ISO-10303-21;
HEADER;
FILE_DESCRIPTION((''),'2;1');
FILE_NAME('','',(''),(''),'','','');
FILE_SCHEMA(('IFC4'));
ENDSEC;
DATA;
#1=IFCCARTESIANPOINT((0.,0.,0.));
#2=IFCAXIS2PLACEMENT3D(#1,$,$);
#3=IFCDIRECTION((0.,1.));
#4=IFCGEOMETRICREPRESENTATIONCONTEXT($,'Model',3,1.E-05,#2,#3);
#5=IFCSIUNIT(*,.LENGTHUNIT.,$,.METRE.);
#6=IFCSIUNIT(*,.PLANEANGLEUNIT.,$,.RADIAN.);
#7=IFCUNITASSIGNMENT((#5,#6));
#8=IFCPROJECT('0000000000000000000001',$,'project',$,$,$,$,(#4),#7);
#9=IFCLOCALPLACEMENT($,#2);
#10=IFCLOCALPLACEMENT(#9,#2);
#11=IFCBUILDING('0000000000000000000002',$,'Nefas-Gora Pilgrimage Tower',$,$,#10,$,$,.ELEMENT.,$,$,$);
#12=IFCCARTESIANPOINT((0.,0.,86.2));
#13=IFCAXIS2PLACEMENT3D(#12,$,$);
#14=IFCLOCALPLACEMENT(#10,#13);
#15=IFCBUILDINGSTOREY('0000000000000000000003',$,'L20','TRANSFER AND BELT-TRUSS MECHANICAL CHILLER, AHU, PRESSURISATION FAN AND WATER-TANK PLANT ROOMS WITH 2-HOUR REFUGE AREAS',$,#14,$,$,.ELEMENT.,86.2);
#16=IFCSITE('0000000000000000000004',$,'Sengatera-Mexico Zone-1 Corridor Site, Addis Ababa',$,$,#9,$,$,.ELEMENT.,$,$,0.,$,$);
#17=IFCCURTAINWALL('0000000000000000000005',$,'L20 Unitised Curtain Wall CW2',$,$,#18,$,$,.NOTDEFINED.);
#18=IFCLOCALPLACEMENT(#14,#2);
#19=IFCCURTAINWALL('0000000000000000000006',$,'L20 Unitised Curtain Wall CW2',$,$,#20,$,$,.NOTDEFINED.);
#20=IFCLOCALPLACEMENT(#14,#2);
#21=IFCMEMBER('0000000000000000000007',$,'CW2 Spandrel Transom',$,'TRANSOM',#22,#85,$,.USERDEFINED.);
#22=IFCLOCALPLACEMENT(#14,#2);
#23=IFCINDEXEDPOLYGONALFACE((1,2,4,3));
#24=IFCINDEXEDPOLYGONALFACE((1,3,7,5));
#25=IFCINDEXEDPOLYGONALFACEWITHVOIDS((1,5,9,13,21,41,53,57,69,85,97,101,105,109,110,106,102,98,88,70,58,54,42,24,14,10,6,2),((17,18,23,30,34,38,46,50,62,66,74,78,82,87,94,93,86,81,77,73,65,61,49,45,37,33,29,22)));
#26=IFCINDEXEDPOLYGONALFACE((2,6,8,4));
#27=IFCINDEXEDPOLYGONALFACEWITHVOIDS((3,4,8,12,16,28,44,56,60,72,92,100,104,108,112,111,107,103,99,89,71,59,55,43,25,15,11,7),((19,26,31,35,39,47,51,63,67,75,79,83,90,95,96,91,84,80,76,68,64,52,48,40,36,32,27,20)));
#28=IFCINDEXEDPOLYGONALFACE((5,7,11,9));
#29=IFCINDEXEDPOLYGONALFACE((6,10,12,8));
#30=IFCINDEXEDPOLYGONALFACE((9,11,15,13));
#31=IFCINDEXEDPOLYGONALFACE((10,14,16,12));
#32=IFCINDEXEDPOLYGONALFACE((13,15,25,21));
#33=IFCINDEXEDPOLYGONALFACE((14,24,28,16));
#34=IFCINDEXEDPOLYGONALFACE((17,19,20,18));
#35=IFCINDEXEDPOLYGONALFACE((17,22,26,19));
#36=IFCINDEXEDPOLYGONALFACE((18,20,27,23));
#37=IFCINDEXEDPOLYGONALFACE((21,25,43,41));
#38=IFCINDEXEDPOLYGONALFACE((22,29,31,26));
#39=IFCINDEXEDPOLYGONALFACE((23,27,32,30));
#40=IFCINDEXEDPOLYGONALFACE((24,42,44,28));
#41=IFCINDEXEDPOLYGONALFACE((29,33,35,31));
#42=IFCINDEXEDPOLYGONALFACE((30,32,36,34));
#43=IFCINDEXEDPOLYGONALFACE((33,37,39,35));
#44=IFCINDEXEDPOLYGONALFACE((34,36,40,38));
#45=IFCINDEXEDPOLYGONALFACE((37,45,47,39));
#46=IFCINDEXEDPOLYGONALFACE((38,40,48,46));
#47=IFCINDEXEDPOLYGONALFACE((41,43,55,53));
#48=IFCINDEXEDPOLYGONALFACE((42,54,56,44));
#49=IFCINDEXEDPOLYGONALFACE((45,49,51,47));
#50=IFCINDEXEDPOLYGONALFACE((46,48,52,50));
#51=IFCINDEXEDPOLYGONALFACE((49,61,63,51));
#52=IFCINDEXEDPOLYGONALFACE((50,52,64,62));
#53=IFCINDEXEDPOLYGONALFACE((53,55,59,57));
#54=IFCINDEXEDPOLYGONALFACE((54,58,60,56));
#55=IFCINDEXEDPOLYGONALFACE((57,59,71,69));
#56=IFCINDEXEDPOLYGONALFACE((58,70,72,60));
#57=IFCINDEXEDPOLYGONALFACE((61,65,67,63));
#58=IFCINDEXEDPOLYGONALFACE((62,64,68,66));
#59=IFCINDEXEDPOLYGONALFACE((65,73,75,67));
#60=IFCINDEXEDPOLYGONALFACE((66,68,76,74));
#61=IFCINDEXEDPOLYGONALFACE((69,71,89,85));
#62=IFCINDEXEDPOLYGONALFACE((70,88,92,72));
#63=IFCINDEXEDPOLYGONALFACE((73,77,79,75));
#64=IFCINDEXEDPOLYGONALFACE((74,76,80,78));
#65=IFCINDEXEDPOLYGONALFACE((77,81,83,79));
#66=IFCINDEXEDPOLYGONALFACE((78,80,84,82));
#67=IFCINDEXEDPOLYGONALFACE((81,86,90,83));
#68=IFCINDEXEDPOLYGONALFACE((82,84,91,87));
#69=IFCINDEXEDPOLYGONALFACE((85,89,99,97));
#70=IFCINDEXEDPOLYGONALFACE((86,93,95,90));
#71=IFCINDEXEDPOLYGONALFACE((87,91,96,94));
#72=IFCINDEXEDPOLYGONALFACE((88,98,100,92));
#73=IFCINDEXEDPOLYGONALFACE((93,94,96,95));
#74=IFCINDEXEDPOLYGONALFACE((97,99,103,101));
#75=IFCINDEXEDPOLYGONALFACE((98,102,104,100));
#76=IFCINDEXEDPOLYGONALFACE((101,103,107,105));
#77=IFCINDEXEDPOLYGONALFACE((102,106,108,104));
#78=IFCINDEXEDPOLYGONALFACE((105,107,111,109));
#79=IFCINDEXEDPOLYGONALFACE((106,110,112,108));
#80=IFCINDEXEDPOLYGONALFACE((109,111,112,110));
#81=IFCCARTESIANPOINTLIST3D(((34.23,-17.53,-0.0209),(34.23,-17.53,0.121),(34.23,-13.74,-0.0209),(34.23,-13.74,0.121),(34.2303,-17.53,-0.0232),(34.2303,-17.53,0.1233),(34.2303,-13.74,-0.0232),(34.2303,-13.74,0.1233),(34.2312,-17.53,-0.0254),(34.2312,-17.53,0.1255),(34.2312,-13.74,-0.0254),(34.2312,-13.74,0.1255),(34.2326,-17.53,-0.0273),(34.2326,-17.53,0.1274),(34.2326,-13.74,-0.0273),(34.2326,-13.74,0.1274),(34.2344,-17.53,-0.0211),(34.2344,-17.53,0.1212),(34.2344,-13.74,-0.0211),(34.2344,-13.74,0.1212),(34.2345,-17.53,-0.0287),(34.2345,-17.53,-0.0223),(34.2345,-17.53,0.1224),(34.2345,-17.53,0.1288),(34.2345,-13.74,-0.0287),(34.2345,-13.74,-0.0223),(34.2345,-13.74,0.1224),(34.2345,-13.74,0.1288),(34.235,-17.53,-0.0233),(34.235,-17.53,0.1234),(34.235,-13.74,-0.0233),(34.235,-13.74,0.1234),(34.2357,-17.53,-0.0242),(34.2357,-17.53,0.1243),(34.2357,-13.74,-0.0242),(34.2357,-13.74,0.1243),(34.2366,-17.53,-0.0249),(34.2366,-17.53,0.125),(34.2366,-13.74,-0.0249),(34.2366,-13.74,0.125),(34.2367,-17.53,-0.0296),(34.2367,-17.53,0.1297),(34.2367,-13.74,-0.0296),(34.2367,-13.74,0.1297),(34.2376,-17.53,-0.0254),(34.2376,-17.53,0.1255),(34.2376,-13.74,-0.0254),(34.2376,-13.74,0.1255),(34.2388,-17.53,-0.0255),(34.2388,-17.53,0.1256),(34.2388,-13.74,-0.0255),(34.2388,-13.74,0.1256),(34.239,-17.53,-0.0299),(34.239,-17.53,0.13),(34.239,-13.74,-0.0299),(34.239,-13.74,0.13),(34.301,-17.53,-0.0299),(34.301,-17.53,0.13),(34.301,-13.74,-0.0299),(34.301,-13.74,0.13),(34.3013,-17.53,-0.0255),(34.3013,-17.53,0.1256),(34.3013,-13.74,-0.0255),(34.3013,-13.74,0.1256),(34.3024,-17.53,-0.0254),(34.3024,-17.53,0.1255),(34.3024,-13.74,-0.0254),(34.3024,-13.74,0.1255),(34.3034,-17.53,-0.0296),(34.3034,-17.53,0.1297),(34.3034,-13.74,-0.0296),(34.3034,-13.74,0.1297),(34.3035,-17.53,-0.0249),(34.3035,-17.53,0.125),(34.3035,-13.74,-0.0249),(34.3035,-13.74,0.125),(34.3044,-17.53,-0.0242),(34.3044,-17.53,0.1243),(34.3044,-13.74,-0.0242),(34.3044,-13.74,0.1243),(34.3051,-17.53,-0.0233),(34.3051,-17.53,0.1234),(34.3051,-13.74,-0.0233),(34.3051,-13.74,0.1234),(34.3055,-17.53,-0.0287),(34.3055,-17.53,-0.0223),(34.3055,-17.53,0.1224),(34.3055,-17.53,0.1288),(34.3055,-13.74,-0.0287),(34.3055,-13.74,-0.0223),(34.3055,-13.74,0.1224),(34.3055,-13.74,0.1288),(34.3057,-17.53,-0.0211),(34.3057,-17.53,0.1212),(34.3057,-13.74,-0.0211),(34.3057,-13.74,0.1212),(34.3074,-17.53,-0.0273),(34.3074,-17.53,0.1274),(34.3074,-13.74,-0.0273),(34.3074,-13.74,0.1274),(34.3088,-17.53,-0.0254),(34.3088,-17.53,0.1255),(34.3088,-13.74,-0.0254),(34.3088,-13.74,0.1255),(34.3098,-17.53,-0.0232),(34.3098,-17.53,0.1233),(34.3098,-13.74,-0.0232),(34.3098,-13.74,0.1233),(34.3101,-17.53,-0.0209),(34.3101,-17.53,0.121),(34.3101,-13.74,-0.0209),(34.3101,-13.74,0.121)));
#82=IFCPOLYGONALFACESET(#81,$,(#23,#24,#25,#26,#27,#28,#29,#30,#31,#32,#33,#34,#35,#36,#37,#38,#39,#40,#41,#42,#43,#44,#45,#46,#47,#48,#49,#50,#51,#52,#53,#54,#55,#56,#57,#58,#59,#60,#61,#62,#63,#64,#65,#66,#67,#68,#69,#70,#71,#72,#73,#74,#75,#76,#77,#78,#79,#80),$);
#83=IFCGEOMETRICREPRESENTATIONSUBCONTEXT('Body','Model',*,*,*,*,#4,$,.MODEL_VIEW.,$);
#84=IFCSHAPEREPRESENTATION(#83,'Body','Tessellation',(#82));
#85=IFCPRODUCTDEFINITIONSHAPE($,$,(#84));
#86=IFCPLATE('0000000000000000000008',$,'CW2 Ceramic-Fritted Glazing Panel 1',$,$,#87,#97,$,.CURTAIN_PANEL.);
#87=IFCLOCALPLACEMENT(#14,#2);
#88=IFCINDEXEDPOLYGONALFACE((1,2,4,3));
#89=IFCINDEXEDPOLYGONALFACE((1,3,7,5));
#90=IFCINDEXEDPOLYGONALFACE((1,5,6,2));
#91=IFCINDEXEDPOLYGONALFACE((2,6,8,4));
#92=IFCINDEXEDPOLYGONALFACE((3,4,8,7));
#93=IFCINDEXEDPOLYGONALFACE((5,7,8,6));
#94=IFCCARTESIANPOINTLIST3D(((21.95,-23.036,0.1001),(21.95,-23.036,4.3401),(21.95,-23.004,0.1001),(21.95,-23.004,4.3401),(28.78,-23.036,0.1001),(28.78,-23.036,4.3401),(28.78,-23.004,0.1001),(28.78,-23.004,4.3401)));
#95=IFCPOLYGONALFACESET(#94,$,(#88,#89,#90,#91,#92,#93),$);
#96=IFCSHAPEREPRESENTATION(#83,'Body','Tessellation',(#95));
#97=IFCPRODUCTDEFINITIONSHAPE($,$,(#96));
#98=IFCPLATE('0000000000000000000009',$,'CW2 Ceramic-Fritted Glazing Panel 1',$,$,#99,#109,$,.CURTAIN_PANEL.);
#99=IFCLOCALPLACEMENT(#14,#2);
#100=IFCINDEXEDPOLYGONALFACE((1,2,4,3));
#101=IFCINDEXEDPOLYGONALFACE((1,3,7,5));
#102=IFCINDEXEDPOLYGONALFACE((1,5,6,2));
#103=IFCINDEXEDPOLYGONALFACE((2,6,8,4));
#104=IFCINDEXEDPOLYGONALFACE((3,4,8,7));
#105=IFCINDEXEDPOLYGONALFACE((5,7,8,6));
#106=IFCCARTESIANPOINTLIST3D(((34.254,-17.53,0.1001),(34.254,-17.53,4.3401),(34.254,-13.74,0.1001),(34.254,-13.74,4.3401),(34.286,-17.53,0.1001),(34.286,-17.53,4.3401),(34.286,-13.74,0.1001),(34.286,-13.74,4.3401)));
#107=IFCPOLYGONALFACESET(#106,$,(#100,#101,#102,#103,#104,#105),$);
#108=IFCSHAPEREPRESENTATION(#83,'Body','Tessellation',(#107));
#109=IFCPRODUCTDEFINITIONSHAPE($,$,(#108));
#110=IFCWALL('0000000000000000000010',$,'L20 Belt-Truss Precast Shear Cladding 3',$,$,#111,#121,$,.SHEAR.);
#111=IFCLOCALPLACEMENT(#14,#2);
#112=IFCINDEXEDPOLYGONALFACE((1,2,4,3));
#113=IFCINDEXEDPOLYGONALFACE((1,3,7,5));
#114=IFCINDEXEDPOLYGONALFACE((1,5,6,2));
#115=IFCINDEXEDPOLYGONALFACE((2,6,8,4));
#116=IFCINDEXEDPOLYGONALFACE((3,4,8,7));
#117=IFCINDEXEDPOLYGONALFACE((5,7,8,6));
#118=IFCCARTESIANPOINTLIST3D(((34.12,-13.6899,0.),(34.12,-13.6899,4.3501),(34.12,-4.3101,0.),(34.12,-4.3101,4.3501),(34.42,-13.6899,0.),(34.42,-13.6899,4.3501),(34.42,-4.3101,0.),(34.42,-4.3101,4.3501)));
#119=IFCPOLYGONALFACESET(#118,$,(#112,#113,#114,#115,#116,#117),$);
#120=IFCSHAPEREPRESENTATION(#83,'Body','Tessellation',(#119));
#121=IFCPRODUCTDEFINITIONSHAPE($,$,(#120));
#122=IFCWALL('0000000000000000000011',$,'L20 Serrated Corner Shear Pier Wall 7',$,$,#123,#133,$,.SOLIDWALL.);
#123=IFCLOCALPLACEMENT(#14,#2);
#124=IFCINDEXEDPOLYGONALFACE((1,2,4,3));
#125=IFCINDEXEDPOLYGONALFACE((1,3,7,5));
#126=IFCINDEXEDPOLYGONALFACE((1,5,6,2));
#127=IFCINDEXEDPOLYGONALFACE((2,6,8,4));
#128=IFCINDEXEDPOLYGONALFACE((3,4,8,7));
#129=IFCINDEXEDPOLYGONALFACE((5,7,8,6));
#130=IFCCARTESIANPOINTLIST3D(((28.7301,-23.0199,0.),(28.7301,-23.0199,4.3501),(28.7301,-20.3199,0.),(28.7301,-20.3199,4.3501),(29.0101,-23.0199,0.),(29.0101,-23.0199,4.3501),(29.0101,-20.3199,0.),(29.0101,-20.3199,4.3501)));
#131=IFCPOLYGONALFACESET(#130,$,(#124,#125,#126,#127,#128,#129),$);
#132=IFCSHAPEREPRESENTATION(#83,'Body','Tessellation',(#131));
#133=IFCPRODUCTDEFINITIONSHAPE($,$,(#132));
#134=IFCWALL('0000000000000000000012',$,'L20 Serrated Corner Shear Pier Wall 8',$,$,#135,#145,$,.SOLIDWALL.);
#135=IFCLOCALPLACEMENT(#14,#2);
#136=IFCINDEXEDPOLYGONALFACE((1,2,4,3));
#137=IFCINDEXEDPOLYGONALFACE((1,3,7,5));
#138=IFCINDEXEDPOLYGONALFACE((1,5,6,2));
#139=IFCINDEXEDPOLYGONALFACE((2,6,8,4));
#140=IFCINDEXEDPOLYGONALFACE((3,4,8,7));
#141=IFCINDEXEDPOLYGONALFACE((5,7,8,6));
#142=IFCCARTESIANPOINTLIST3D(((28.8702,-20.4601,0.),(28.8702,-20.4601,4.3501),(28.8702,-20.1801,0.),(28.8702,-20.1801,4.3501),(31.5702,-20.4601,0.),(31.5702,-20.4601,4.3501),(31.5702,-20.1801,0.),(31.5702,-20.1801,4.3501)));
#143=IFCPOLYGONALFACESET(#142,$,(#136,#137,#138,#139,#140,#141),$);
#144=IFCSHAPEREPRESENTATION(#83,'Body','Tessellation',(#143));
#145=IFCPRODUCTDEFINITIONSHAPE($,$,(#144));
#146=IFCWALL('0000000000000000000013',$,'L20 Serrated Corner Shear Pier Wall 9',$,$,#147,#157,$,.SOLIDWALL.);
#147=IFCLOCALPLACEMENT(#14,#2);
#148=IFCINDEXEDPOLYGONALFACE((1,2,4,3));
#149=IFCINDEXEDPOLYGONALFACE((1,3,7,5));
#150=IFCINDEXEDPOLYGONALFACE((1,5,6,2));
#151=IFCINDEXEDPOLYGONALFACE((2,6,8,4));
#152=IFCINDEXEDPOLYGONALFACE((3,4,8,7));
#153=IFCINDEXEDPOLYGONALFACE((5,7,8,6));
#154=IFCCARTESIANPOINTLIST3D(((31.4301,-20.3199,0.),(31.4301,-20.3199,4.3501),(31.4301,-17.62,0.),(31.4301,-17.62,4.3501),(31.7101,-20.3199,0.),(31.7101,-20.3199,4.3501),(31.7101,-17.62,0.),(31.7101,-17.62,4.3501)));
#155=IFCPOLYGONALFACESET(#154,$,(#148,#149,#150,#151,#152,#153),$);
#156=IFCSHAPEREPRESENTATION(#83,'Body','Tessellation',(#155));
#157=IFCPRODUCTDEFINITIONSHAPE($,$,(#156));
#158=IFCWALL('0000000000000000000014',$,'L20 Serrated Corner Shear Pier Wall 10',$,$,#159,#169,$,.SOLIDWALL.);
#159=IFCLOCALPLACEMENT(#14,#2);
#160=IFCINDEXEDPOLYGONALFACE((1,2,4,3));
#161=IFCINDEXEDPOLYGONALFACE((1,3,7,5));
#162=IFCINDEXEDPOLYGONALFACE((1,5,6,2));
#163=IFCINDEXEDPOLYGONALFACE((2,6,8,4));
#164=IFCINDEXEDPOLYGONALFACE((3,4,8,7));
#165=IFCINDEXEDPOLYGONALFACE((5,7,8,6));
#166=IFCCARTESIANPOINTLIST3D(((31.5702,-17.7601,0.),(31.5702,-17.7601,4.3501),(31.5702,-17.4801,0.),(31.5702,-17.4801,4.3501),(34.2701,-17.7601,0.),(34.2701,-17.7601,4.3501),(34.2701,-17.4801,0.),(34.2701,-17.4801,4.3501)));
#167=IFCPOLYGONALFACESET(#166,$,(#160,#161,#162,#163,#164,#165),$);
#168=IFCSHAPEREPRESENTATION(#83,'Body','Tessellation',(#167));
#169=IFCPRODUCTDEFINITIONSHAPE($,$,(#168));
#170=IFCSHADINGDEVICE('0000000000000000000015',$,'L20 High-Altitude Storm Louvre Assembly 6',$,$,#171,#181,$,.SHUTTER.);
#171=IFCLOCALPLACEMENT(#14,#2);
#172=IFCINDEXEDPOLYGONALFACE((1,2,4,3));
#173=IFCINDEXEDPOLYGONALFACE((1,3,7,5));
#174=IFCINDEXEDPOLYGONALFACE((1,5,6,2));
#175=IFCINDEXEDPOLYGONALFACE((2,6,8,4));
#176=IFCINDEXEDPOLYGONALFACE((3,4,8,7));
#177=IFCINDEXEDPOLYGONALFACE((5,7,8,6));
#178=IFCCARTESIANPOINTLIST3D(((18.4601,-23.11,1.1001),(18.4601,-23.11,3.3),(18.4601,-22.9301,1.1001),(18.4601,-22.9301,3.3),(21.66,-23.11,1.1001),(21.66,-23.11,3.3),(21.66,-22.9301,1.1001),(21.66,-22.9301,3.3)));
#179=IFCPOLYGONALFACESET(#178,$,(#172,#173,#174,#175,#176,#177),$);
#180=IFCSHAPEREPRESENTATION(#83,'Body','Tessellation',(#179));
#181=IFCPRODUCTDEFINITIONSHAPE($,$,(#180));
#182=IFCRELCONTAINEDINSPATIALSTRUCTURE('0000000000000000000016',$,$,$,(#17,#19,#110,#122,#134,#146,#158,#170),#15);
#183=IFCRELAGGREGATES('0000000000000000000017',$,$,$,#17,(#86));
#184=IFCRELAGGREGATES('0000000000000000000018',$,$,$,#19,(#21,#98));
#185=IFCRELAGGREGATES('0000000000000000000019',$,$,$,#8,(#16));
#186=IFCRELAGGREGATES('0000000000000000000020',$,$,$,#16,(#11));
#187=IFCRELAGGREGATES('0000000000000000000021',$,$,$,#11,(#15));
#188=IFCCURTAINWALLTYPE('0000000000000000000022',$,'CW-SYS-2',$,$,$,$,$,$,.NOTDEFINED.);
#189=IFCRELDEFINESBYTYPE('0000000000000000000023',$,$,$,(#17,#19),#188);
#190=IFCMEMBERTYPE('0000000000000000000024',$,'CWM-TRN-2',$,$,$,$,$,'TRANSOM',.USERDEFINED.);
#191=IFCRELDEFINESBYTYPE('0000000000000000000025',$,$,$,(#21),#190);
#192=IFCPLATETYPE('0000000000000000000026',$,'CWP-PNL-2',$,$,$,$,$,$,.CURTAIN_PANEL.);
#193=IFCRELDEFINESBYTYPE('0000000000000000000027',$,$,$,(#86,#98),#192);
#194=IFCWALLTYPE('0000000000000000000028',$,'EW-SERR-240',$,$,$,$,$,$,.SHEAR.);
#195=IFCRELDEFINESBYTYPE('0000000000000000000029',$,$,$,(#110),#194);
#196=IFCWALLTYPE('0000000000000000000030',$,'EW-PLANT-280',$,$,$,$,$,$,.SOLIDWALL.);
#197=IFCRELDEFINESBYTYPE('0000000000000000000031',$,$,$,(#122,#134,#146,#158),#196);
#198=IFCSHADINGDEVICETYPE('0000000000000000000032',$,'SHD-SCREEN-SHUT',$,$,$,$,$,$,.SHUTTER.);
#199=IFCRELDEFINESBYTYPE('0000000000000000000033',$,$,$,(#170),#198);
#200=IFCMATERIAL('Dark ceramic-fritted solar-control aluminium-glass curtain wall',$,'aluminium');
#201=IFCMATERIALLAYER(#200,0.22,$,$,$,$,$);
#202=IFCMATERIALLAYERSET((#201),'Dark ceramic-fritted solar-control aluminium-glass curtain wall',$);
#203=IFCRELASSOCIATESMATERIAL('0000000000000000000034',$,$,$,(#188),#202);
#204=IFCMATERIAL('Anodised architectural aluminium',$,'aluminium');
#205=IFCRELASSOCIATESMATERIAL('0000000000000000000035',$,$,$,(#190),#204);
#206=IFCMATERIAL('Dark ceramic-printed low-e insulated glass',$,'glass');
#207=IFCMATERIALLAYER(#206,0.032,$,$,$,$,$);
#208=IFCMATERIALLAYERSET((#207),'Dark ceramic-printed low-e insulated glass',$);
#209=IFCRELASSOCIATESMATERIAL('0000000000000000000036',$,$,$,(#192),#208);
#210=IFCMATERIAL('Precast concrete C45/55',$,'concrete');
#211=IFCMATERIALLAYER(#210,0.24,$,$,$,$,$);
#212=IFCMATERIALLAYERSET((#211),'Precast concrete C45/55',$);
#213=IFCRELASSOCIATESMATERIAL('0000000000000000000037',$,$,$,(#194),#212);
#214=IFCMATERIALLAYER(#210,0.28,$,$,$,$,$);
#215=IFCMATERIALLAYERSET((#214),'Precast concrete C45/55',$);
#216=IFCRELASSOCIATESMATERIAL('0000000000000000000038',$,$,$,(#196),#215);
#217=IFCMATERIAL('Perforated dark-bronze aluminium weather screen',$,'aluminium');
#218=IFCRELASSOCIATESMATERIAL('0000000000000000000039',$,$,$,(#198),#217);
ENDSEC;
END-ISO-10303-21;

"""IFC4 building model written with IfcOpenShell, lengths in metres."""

from ifc_helpers import new_model, si_unit, direction, frame, frame_2d, origin, origin_2d, place, context, subcontext, project, spatial, rectangle, hollow_rectangle, extrude, source, transform, mapped, material, layer, layer_set, material_profile, profile_set, type_object, element, aggregate, save


model = new_model("IFC4")

# Units and contexts
model_context = context("Model", 3, precision=1e-05, world=origin(), true_north=direction((0.0, 1.0)))
body_context = subcontext(model_context, "Body", "Model", "MODEL_VIEW")
ifc_project = project(units=[si_unit("LENGTHUNIT", "METRE"), si_unit("PLANEANGLEUNIT", "RADIAN")], contexts=[model_context])

# Site, building, storey
site_placement = place(None, origin())
site = spatial("IfcSite", under=ifc_project, at=site_placement, Name="Sengatera-Mexico Zone-1 Corridor Site, Addis Ababa", CompositionType="ELEMENT", RefElevation=0.0)
building_placement = place(site_placement, origin())
building = spatial("IfcBuilding", under=site, at=building_placement, Name="Nefas-Gora Pilgrimage Tower", CompositionType="ELEMENT")
storey_placement = place(building_placement, frame((0.0, 0.0, 86.2)))
storey = spatial("IfcBuildingStorey", under=building, at=storey_placement, Name="L20", Description="TRANSFER AND BELT-TRUSS MECHANICAL CHILLER, AHU, PRESSURISATION FAN AND WATER-TANK PLANT ROOMS WITH 2-HOUR REFUGE AREAS", CompositionType="ELEMENT", Elevation=86.2)

# Shared definitions
ifc_material_1 = material(Name="Dark ceramic-fritted solar-control aluminium-glass curtain wall", Category="aluminium")
ifc_layer_1 = layer(ifc_material_1, 0.22)
ifc_layer_set_1 = layer_set([ifc_layer_1], Name="Dark ceramic-fritted solar-control aluminium-glass curtain wall")
curtain_wall_type = type_object("IfcCurtainWallType", Name="CW-SYS-2", PredefinedType="NOTDEFINED", material=ifc_layer_set_1)
ifc_material_2 = material(Name="Anodised architectural aluminium", Category="aluminium")

# Curtain walls
curtain_wall_1_placement = place(storey_placement, origin())
curtain_wall_1 = element("IfcCurtainWall", 1, at=curtain_wall_1_placement, inside=storey, type_object=curtain_wall_type, Name="L20 Unitised Curtain Wall CW2", PredefinedType="NOTDEFINED")
curtain_wall_2_placement = place(storey_placement, origin())
curtain_wall_2 = element("IfcCurtainWall", 2, at=curtain_wall_2_placement, inside=storey, type_object=curtain_wall_type, Name="L20 Unitised Curtain Wall CW2", PredefinedType="NOTDEFINED")

# Member
ifc_material_profile_1 = material_profile(ifc_material_2, hollow_rectangle(XDim=0.0801, YDim=0.1599, WallThickness=0.0044, InnerFilletRadius=0.0044, OuterFilletRadius=0.009, at=origin_2d()), Name="ALU TRANSOM 80x160")
ifc_profile_set_1 = profile_set([ifc_material_profile_1], Name="Anodised architectural aluminium")
member_type_1 = type_object("IfcMemberType", Name="CWM-TRN-2", ElementType="TRANSOM", PredefinedType="USERDEFINED", material=ifc_profile_set_1)
shared_shape_1 = source(origin(), body_context, "Body", "SweptSolid", [
    extrude(hollow_rectangle(XDim=0.0801, YDim=0.1599, WallThickness=0.0044, InnerFilletRadius=0.0044, OuterFilletRadius=0.009, at=origin_2d()), origin(), (0.0, 0.0, 1.0), 3.79),
])
member_1_placement = place(storey_placement, frame((34.27, -17.53, 0.05), z_axis=(0.0, 1.0, 0.0), x_axis=(-1.0, 0.0, 0.0)))
member_1 = element("IfcMember", 3, at=member_1_placement, type_object=member_type_1, Name="CW2 Spandrel Transom", ObjectType="TRANSOM", PredefinedType="USERDEFINED", context=body_context, shape_type="MappedRepresentation", body=[
    mapped(shared_shape_1, transform((0.0, 0.0, 0.0), x_axis=(1.0, 0.0, 0.0), y_axis=(0.0, 1.0, 0.0), z_axis=(0.0, 0.0, 1.0), scale=1.0)),
])

# Plates
ifc_material_3 = material(Name="Dark ceramic-printed low-e insulated glass", Category="glass")
ifc_layer_2 = layer(ifc_material_3, 0.032)
ifc_layer_set_2 = layer_set([ifc_layer_2], Name="Dark ceramic-printed low-e insulated glass")
plate_type = type_object("IfcPlateType", Name="CWP-PNL-2", PredefinedType="CURTAIN_PANEL", material=ifc_layer_set_2)
shared_shape_2 = source(origin(), body_context, "Body", "SweptSolid", [
    extrude(rectangle(XDim=6.8301, YDim=0.032, at=origin_2d()), origin(), (0.0, 0.0, 1.0), 4.24),
])
plate_1_placement = place(storey_placement, frame((25.365, -23.02, 0.1001), z_axis=(0.0, 0.0, 1.0), x_axis=(1.0, 0.0, 0.0)))
plate_1 = element("IfcPlate", 4, at=plate_1_placement, type_object=plate_type, Name="CW2 Ceramic-Fritted Glazing Panel 1", PredefinedType="CURTAIN_PANEL", context=body_context, shape_type="MappedRepresentation", body=[
    mapped(shared_shape_2, transform((0.0, 0.0, 0.0), x_axis=(1.0, 0.0, 0.0), y_axis=(0.0, 1.0, 0.0), z_axis=(0.0, 0.0, 1.0), scale=1.0)),
])
aggregate(curtain_wall_1, [plate_1])
shared_shape_3 = source(origin(), body_context, "Body", "SweptSolid", [
    extrude(rectangle(XDim=3.79, YDim=0.032, at=origin_2d()), origin(), (0.0, 0.0, 1.0), 4.24),
])
plate_2_placement = place(storey_placement, frame((34.27, -15.635, 0.1001), z_axis=(0.0, 0.0, 1.0), x_axis=(0.0, 1.0, 0.0)))
plate_2 = element("IfcPlate", 5, at=plate_2_placement, type_object=plate_type, Name="CW2 Ceramic-Fritted Glazing Panel 1", PredefinedType="CURTAIN_PANEL", context=body_context, shape_type="MappedRepresentation", body=[
    mapped(shared_shape_3, transform((0.0, 0.0, 0.0), x_axis=(1.0, 0.0, 0.0), y_axis=(0.0, 1.0, 0.0), z_axis=(0.0, 0.0, 1.0), scale=1.0)),
])
aggregate(curtain_wall_2, [member_1, plate_2])

# Walls
ifc_material_4 = material(Name="Precast concrete C45/55", Category="concrete")
ifc_layer_3 = layer(ifc_material_4, 0.24)
ifc_layer_set_3 = layer_set([ifc_layer_3], Name="Precast concrete C45/55")
wall_type_1 = type_object("IfcWallType", Name="EW-SERR-240", PredefinedType="SHEAR", material=ifc_layer_set_3)
shared_shape_4 = source(origin(), body_context, "Body", "SweptSolid", [
    extrude(rectangle(XDim=9.3799, YDim=0.3, at=frame_2d((4.6899, 0.0))), origin(), (0.0, 0.0, 1.0), 4.3501),
])
wall_placement = place(storey_placement, frame((34.27, -13.6899, 0.0), z_axis=(0.0, 0.0, 1.0), x_axis=(0.0, 1.0, 0.0)))
element("IfcWall", 6, at=wall_placement, inside=storey, type_object=wall_type_1, Name="L20 Belt-Truss Precast Shear Cladding 3", PredefinedType="SHEAR", context=body_context, shape_type="MappedRepresentation", body=[
    mapped(shared_shape_4, transform((0.0, 0.0, 0.0), x_axis=(1.0, 0.0, 0.0), y_axis=(0.0, 1.0, 0.0), z_axis=(0.0, 0.0, 1.0), scale=1.0)),
])
ifc_layer_4 = layer(ifc_material_4, 0.28)
ifc_layer_set_4 = layer_set([ifc_layer_4], Name="Precast concrete C45/55")
wall_type_2 = type_object("IfcWallType", Name="EW-PLANT-280", PredefinedType="SOLIDWALL", material=ifc_layer_set_4)
shared_shape_5 = source(origin(), body_context, "Body", "SweptSolid", [
    extrude(rectangle(XDim=2.7, YDim=0.28, at=frame_2d((1.3501, 0.0))), origin(), (0.0, 0.0, 1.0), 4.3501),
])
for number, where, z_axis, x_axis, name in (
    (7, (28.8701, -23.02, 0.0), (0.0, 0.0, 1.0), (0.0, 1.0, 0.0), "L20 Serrated Corner Shear Pier Wall 7"),
    (8, (28.8701, -20.3201, 0.0), (0.0, 0.0, 1.0), (1.0, 0.0, 0.0), "L20 Serrated Corner Shear Pier Wall 8"),
    (9, (31.5701, -20.3201, 0.0), (0.0, 0.0, 1.0), (0.0, 1.0, 0.0), "L20 Serrated Corner Shear Pier Wall 9"),
    (10, (31.5701, -17.6201, 0.0), (0.0, 0.0, 1.0), (1.0, 0.0, 0.0), "L20 Serrated Corner Shear Pier Wall 10"),
):
    element("IfcWall", number, at=place(storey_placement, frame(where, z_axis=z_axis, x_axis=x_axis)), inside=storey, type_object=wall_type_2, Name=name, PredefinedType="SOLIDWALL", context=body_context, shape_type="MappedRepresentation", body=[
        mapped(shared_shape_5, transform((0.0, 0.0, 0.0), x_axis=(1.0, 0.0, 0.0), y_axis=(0.0, 1.0, 0.0), z_axis=(0.0, 0.0, 1.0), scale=1.0)),
    ])

# Shading device
ifc_material_5 = material(Name="Perforated dark-bronze aluminium weather screen", Category="aluminium")
shading_device_type = type_object("IfcShadingDeviceType", Name="SHD-SCREEN-SHUT", PredefinedType="SHUTTER", material=ifc_material_5)
shared_shape_6 = source(origin(), body_context, "Body", "SweptSolid", [
    extrude(rectangle(XDim=3.2, YDim=0.1799, at=origin_2d()), origin(), (0.0, 0.0, 1.0), 2.2),
])
shading_device_placement = place(storey_placement, frame((20.0601, -23.02, 1.1001), z_axis=(0.0, 0.0, 1.0), x_axis=(1.0, 0.0, 0.0)))
element("IfcShadingDevice", 11, at=shading_device_placement, inside=storey, type_object=shading_device_type, Name="L20 High-Altitude Storm Louvre Assembly 6", PredefinedType="SHUTTER", context=body_context, shape_type="MappedRepresentation", body=[
    mapped(shared_shape_6, transform((0.0, 0.0, 0.0), x_axis=(1.0, 0.0, 0.0), y_axis=(0.0, 1.0, 0.0), z_axis=(0.0, 0.0, 1.0), scale=1.0)),
])

save(model, "model.ifc")
